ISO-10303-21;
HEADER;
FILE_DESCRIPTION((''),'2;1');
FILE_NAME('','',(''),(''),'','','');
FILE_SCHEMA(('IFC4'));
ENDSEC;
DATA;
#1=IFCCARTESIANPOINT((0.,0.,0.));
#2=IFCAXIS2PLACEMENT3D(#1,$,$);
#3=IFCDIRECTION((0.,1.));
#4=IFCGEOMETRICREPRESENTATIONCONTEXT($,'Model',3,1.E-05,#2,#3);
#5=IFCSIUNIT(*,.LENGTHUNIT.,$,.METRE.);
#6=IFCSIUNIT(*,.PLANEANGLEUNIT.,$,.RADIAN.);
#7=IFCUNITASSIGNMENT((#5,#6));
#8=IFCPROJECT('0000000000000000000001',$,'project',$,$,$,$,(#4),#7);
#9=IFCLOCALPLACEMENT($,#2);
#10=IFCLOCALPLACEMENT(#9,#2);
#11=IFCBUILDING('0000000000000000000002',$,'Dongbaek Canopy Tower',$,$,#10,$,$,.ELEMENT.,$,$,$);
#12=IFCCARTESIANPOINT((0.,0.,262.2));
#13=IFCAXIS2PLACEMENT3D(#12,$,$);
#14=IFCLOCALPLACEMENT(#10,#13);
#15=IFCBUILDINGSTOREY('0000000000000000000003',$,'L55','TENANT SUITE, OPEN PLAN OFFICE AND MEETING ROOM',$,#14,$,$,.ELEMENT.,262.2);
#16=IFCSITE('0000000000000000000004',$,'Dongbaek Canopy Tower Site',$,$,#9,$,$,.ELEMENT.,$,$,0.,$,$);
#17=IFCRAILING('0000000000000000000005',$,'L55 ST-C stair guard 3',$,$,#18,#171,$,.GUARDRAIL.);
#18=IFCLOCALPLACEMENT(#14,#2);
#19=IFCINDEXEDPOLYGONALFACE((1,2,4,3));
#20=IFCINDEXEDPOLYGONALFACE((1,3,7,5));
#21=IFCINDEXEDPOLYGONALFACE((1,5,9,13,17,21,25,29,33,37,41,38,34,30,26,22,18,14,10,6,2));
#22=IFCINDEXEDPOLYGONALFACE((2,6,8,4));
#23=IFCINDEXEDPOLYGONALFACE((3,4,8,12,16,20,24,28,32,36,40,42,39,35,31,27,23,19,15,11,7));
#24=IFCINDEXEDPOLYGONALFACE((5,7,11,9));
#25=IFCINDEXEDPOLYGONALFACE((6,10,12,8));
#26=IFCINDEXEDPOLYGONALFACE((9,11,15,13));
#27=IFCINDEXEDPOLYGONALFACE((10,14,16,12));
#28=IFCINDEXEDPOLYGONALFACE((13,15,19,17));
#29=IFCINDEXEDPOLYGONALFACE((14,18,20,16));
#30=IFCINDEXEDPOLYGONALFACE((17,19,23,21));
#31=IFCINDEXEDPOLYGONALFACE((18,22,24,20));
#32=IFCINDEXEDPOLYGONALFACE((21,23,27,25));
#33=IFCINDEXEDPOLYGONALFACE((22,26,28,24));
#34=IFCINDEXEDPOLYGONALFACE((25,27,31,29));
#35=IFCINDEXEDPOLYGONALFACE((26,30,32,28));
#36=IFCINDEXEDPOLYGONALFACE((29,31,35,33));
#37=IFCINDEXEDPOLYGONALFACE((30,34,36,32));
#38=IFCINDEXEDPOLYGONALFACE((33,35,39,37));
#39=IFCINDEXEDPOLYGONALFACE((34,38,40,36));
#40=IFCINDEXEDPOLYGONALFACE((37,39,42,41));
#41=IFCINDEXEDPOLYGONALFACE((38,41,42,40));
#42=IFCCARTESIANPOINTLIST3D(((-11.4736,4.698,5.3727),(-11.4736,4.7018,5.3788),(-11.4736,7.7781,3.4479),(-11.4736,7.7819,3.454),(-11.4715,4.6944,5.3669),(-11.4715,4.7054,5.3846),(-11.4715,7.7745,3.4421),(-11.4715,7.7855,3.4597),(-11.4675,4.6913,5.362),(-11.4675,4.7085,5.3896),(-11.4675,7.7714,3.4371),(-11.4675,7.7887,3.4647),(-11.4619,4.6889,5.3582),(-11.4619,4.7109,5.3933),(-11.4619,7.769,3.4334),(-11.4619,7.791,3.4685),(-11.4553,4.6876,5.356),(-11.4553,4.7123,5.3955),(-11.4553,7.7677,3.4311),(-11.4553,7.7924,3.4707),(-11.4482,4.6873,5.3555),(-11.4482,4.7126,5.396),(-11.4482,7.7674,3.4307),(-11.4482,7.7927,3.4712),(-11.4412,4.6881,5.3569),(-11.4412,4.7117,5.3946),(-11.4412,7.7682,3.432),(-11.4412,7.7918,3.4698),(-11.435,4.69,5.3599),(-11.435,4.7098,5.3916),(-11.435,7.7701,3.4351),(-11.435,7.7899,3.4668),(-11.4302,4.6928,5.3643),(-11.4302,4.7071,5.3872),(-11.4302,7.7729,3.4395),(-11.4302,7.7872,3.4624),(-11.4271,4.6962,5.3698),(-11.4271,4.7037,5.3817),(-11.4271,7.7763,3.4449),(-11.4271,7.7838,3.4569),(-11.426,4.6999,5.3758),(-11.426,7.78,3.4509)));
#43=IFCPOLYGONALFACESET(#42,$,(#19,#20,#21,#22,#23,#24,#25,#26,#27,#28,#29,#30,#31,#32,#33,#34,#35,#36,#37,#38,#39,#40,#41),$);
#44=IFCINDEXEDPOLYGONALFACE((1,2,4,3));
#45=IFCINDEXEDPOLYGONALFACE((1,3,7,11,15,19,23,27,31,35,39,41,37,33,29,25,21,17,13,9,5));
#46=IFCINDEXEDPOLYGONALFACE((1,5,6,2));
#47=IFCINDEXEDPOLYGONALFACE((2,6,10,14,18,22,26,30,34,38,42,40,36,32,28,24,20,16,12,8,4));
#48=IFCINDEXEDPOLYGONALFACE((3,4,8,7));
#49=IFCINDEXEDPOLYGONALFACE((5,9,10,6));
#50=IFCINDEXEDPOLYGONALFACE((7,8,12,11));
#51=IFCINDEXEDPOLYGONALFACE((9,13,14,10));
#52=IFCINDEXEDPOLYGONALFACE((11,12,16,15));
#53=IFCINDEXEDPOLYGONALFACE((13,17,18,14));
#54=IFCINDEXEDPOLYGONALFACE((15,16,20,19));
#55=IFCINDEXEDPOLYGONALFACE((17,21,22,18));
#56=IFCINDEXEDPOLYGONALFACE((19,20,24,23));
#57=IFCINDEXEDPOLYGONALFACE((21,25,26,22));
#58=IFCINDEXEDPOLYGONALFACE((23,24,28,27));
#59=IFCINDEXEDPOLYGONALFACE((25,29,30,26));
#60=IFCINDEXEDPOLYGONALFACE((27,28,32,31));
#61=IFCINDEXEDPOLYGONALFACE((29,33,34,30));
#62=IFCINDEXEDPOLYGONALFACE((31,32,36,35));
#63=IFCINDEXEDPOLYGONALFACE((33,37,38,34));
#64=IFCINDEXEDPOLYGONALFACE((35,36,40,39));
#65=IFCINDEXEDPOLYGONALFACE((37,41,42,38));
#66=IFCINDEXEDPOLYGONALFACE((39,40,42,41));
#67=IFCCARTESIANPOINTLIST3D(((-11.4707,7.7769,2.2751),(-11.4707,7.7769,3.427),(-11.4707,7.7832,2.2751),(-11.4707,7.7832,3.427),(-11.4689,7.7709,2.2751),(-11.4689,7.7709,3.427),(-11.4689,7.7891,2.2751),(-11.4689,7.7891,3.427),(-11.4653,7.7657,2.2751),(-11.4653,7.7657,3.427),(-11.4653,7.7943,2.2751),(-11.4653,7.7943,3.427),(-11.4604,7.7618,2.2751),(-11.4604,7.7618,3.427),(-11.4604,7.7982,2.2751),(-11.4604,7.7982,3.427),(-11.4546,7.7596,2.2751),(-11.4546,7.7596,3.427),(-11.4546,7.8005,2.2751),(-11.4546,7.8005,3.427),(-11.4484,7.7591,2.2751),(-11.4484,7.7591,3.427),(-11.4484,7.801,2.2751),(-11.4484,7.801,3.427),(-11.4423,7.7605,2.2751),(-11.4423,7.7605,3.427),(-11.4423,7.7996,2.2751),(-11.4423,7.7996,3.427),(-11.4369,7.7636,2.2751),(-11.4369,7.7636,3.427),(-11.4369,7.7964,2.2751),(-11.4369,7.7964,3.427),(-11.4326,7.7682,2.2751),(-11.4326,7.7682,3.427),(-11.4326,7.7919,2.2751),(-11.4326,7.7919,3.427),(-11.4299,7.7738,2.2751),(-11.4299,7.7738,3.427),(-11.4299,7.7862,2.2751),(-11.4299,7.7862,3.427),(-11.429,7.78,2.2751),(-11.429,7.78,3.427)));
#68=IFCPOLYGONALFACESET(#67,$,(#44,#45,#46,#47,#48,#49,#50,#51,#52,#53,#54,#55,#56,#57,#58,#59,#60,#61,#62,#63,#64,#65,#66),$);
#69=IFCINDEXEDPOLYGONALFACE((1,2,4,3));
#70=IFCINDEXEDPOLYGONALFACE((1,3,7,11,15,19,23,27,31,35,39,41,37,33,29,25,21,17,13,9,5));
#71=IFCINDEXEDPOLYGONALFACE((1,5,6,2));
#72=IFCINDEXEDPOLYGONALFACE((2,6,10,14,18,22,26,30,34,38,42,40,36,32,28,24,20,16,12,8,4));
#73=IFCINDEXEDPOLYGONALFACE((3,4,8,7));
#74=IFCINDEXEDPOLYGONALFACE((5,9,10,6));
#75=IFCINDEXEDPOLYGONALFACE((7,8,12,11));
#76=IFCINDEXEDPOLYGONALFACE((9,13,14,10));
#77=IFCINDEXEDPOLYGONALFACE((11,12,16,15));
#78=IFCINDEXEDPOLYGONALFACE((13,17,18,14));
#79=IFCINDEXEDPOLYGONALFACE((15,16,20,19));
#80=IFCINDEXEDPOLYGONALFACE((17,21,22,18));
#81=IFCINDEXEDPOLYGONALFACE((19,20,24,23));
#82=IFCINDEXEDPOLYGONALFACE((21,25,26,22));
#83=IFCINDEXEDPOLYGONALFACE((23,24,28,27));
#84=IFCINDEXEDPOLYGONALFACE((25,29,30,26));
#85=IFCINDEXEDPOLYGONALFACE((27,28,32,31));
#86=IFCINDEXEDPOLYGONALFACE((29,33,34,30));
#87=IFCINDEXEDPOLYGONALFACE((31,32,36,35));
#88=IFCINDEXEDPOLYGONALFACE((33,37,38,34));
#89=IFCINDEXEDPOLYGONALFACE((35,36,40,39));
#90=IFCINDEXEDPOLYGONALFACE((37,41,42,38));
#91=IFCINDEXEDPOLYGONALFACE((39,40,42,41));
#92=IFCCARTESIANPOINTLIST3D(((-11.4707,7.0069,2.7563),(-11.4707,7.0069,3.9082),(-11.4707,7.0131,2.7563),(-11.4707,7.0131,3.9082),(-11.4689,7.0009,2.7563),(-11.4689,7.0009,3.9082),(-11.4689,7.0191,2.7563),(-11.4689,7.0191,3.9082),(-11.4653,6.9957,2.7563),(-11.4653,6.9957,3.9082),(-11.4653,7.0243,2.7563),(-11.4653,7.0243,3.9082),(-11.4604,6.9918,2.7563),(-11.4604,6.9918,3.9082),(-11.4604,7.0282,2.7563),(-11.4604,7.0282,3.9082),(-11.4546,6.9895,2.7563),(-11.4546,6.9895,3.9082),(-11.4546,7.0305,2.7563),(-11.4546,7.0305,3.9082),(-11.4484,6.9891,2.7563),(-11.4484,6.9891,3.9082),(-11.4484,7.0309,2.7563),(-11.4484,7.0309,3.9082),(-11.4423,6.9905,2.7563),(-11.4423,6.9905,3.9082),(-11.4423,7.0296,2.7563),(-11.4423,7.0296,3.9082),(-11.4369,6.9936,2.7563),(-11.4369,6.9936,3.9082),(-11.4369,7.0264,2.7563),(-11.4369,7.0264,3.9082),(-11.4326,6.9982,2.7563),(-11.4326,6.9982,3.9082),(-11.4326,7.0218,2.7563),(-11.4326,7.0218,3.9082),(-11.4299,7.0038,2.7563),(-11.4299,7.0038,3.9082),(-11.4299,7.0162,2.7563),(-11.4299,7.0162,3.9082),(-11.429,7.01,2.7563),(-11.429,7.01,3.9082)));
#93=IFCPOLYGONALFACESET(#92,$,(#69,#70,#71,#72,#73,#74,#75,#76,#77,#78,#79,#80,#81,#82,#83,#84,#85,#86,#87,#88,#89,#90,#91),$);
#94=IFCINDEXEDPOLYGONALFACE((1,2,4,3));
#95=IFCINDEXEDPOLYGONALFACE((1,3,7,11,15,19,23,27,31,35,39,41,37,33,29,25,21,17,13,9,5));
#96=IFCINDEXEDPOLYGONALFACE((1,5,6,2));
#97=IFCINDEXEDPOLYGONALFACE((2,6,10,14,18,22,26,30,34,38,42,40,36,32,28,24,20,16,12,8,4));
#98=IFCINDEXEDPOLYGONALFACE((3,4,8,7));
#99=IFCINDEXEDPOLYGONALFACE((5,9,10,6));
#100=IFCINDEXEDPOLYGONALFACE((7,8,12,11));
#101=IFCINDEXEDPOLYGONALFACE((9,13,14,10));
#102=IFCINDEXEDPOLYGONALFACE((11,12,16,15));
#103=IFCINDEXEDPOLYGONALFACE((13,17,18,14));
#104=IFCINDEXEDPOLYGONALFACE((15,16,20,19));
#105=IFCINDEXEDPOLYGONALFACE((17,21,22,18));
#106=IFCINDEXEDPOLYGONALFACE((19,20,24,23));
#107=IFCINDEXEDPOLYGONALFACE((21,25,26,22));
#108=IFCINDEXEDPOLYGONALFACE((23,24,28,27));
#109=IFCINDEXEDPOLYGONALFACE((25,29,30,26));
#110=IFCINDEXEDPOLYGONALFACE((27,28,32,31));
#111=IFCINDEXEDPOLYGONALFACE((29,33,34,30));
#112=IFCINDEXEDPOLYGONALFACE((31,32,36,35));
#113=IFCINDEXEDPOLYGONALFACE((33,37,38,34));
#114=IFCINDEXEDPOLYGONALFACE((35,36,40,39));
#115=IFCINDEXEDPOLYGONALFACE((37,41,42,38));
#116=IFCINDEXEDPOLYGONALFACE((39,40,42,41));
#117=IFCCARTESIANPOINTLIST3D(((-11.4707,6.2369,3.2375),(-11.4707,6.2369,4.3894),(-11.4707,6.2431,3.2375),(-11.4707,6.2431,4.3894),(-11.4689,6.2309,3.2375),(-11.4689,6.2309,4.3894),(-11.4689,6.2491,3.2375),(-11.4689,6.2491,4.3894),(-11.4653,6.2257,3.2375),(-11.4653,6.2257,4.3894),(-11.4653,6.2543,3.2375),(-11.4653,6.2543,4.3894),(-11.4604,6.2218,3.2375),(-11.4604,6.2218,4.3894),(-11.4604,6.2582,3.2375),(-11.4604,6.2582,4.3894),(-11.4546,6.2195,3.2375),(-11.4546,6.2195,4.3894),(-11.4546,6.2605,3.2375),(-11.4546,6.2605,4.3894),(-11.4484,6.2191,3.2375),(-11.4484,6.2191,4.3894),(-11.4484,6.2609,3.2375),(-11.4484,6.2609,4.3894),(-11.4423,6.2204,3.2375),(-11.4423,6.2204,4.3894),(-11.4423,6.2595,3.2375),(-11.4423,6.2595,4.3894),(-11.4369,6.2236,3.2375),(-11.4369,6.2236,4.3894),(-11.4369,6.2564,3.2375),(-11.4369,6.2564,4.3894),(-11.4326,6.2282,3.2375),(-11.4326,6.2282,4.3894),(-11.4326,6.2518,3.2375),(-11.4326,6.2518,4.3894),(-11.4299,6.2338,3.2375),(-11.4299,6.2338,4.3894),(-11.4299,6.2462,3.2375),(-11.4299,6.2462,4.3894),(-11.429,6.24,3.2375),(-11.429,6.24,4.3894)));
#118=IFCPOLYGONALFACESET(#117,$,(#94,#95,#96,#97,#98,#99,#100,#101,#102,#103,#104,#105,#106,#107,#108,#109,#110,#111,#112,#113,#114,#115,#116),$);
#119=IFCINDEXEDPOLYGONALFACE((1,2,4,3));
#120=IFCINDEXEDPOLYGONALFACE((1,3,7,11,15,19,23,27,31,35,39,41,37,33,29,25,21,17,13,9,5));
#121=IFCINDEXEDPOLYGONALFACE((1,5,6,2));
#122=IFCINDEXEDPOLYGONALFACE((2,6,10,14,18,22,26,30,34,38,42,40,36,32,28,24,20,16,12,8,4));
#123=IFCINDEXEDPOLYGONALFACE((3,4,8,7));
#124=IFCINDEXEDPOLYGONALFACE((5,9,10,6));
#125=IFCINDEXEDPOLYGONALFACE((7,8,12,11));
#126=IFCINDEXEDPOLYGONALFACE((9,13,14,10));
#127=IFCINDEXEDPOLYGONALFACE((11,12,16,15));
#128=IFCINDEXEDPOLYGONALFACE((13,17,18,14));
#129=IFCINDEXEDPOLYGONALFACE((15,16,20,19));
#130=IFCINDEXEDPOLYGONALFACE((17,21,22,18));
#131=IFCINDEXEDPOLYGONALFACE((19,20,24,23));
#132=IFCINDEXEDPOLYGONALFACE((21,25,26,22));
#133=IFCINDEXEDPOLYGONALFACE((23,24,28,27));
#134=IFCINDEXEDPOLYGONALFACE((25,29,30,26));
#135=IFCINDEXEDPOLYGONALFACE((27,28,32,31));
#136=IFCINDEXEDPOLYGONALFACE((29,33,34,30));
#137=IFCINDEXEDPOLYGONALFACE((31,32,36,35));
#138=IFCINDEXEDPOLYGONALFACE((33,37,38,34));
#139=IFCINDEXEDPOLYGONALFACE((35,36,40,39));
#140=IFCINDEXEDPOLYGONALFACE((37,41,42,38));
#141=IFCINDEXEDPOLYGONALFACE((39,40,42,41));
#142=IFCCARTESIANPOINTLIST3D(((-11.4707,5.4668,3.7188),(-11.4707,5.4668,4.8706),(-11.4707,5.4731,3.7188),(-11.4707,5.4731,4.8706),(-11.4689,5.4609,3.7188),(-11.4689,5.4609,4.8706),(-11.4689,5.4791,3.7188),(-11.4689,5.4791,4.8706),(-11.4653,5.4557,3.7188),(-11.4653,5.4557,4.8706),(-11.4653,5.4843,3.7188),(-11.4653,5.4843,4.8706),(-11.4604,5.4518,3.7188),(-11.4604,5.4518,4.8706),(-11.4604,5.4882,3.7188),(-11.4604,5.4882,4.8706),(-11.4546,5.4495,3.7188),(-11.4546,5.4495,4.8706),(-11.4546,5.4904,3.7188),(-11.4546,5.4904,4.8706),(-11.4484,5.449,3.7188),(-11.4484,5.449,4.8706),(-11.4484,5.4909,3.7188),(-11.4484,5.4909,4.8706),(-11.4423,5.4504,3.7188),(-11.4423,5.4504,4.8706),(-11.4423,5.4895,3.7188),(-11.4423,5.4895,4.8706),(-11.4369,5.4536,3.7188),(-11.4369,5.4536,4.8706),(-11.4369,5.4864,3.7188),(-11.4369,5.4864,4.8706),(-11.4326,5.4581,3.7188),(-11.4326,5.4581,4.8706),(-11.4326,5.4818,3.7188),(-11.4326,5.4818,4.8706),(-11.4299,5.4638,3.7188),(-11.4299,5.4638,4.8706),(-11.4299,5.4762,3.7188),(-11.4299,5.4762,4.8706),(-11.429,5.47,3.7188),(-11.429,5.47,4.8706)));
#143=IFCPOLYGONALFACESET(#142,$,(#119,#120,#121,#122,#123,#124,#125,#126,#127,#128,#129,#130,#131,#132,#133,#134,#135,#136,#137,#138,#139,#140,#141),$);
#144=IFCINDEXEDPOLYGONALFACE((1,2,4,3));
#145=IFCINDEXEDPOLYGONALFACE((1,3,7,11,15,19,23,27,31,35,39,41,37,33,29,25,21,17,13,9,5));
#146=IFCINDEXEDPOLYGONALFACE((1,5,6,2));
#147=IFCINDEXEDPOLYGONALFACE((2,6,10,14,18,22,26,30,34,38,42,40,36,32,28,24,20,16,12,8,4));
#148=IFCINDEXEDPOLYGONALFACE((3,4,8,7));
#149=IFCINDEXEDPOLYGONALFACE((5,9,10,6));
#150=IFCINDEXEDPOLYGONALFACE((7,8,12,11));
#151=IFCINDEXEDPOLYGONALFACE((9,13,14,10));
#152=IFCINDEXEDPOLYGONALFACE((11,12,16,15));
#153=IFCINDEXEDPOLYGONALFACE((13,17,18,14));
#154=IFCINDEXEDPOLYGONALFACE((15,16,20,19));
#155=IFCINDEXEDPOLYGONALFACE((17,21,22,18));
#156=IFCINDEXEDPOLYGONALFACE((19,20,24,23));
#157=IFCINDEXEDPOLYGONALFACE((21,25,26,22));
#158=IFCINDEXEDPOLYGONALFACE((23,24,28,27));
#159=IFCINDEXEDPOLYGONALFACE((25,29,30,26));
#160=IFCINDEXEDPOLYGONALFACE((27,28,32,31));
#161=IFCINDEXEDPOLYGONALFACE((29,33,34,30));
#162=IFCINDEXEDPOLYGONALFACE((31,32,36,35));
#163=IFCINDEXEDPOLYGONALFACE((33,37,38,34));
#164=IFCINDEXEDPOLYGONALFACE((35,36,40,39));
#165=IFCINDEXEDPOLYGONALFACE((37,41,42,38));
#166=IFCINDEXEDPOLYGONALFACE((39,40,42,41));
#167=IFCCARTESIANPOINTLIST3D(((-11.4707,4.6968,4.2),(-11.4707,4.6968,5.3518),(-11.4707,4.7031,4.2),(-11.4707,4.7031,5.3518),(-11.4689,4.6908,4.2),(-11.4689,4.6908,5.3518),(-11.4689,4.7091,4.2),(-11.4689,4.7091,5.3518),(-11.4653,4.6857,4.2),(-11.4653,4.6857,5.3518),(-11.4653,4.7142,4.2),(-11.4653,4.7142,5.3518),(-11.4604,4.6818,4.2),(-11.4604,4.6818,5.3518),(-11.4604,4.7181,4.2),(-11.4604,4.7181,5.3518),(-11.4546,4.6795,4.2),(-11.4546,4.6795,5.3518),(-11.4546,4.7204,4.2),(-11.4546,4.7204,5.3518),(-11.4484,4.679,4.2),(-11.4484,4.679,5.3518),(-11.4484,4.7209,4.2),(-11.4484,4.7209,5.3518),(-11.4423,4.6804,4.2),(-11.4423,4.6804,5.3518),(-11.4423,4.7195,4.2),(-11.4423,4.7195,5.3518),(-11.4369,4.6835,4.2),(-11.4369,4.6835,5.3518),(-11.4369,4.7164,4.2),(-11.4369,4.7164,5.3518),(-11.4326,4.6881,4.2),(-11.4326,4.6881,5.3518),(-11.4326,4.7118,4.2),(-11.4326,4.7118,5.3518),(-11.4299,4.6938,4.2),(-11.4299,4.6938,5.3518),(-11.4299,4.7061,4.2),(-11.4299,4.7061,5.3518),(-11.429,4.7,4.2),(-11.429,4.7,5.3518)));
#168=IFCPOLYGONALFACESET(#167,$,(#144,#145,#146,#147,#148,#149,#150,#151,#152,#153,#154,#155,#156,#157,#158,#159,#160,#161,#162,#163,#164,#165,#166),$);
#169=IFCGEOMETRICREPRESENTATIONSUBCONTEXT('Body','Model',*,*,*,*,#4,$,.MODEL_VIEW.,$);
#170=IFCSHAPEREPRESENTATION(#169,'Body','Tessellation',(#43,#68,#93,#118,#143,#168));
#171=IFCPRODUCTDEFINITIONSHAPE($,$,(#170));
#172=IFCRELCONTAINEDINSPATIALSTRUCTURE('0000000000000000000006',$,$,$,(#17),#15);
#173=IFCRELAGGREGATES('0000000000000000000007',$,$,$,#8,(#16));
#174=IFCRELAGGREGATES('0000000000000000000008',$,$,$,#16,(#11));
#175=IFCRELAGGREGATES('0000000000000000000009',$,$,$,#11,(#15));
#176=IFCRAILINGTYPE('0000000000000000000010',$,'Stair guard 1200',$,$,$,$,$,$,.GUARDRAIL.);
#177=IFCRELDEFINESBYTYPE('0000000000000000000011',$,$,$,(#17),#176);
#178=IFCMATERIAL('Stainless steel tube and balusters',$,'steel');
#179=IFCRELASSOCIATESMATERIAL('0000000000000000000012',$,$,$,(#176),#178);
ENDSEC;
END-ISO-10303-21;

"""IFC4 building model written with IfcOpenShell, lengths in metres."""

from ifc_helpers import new_model, si_unit, direction, frame, origin, origin_2d, place, context, subcontext, project, spatial, circle, extrude, material, type_object, element, save


model = new_model("IFC4")

# Units and contexts
model_context = context("Model", 3, precision=1e-05, world=origin(), true_north=direction((0.0, 1.0)))
body_context = subcontext(model_context, "Body", "Model", "MODEL_VIEW")
ifc_project = project(units=[si_unit("LENGTHUNIT", "METRE"), si_unit("PLANEANGLEUNIT", "RADIAN")], contexts=[model_context])

# Site, building, storey
site_placement = place(None, origin())
site = spatial("IfcSite", under=ifc_project, at=site_placement, Name="Dongbaek Canopy Tower Site", CompositionType="ELEMENT", RefElevation=0.0)
building_placement = place(site_placement, origin())
building = spatial("IfcBuilding", under=site, at=building_placement, Name="Dongbaek Canopy Tower", CompositionType="ELEMENT")
storey_placement = place(building_placement, frame((0.0, 0.0, 262.2)))
storey = spatial("IfcBuildingStorey", under=building, at=storey_placement, Name="L55", Description="TENANT SUITE, OPEN PLAN OFFICE AND MEETING ROOM", CompositionType="ELEMENT", Elevation=262.2)

# Railing
ifc_material_1 = material(Name="Stainless steel tube and balusters", Category="steel")
railing_type_1 = type_object("IfcRailingType", Name="Stair guard 1200", PredefinedType="GUARDRAIL", material=ifc_material_1)
railing_1_placement = place(storey_placement, frame((-11.45, 7.78, 2.2751)))
element("IfcRailing", 1, at=railing_1_placement, inside=storey, type_object=railing_type_1, Name="L55 ST-C stair guard 3", PredefinedType="GUARDRAIL", context=body_context, shape_type="SweptSolid", body=[
    extrude(circle(Radius=0.0239, at=origin_2d()), frame((0.0, 0.0, 1.1758), z_axis=(0.0, -0.848029, 0.529951), x_axis=(1.0, 0.0, 0.0)), (0.0, 0.0, 1.0), 3.6321),
    extrude(circle(Radius=0.021, at=origin_2d()), origin(), (0.0, 0.0, 1.0), 1.1519),
    extrude(circle(Radius=0.021, at=origin_2d()), frame((0.0, -0.77, 0.4812)), (0.0, 0.0, 1.0), 1.1519),
    extrude(circle(Radius=0.021, at=origin_2d()), frame((0.0, -1.54, 0.9624)), (0.0, 0.0, 1.0), 1.1519),
    extrude(circle(Radius=0.021, at=origin_2d()), frame((0.0, -2.3101, 1.4436)), (0.0, 0.0, 1.0), 1.1519),
    extrude(circle(Radius=0.021, at=origin_2d()), frame((0.0, -3.0801, 1.9248)), (0.0, 0.0, 1.0), 1.1519),
])

save(model, "model.ifc")
